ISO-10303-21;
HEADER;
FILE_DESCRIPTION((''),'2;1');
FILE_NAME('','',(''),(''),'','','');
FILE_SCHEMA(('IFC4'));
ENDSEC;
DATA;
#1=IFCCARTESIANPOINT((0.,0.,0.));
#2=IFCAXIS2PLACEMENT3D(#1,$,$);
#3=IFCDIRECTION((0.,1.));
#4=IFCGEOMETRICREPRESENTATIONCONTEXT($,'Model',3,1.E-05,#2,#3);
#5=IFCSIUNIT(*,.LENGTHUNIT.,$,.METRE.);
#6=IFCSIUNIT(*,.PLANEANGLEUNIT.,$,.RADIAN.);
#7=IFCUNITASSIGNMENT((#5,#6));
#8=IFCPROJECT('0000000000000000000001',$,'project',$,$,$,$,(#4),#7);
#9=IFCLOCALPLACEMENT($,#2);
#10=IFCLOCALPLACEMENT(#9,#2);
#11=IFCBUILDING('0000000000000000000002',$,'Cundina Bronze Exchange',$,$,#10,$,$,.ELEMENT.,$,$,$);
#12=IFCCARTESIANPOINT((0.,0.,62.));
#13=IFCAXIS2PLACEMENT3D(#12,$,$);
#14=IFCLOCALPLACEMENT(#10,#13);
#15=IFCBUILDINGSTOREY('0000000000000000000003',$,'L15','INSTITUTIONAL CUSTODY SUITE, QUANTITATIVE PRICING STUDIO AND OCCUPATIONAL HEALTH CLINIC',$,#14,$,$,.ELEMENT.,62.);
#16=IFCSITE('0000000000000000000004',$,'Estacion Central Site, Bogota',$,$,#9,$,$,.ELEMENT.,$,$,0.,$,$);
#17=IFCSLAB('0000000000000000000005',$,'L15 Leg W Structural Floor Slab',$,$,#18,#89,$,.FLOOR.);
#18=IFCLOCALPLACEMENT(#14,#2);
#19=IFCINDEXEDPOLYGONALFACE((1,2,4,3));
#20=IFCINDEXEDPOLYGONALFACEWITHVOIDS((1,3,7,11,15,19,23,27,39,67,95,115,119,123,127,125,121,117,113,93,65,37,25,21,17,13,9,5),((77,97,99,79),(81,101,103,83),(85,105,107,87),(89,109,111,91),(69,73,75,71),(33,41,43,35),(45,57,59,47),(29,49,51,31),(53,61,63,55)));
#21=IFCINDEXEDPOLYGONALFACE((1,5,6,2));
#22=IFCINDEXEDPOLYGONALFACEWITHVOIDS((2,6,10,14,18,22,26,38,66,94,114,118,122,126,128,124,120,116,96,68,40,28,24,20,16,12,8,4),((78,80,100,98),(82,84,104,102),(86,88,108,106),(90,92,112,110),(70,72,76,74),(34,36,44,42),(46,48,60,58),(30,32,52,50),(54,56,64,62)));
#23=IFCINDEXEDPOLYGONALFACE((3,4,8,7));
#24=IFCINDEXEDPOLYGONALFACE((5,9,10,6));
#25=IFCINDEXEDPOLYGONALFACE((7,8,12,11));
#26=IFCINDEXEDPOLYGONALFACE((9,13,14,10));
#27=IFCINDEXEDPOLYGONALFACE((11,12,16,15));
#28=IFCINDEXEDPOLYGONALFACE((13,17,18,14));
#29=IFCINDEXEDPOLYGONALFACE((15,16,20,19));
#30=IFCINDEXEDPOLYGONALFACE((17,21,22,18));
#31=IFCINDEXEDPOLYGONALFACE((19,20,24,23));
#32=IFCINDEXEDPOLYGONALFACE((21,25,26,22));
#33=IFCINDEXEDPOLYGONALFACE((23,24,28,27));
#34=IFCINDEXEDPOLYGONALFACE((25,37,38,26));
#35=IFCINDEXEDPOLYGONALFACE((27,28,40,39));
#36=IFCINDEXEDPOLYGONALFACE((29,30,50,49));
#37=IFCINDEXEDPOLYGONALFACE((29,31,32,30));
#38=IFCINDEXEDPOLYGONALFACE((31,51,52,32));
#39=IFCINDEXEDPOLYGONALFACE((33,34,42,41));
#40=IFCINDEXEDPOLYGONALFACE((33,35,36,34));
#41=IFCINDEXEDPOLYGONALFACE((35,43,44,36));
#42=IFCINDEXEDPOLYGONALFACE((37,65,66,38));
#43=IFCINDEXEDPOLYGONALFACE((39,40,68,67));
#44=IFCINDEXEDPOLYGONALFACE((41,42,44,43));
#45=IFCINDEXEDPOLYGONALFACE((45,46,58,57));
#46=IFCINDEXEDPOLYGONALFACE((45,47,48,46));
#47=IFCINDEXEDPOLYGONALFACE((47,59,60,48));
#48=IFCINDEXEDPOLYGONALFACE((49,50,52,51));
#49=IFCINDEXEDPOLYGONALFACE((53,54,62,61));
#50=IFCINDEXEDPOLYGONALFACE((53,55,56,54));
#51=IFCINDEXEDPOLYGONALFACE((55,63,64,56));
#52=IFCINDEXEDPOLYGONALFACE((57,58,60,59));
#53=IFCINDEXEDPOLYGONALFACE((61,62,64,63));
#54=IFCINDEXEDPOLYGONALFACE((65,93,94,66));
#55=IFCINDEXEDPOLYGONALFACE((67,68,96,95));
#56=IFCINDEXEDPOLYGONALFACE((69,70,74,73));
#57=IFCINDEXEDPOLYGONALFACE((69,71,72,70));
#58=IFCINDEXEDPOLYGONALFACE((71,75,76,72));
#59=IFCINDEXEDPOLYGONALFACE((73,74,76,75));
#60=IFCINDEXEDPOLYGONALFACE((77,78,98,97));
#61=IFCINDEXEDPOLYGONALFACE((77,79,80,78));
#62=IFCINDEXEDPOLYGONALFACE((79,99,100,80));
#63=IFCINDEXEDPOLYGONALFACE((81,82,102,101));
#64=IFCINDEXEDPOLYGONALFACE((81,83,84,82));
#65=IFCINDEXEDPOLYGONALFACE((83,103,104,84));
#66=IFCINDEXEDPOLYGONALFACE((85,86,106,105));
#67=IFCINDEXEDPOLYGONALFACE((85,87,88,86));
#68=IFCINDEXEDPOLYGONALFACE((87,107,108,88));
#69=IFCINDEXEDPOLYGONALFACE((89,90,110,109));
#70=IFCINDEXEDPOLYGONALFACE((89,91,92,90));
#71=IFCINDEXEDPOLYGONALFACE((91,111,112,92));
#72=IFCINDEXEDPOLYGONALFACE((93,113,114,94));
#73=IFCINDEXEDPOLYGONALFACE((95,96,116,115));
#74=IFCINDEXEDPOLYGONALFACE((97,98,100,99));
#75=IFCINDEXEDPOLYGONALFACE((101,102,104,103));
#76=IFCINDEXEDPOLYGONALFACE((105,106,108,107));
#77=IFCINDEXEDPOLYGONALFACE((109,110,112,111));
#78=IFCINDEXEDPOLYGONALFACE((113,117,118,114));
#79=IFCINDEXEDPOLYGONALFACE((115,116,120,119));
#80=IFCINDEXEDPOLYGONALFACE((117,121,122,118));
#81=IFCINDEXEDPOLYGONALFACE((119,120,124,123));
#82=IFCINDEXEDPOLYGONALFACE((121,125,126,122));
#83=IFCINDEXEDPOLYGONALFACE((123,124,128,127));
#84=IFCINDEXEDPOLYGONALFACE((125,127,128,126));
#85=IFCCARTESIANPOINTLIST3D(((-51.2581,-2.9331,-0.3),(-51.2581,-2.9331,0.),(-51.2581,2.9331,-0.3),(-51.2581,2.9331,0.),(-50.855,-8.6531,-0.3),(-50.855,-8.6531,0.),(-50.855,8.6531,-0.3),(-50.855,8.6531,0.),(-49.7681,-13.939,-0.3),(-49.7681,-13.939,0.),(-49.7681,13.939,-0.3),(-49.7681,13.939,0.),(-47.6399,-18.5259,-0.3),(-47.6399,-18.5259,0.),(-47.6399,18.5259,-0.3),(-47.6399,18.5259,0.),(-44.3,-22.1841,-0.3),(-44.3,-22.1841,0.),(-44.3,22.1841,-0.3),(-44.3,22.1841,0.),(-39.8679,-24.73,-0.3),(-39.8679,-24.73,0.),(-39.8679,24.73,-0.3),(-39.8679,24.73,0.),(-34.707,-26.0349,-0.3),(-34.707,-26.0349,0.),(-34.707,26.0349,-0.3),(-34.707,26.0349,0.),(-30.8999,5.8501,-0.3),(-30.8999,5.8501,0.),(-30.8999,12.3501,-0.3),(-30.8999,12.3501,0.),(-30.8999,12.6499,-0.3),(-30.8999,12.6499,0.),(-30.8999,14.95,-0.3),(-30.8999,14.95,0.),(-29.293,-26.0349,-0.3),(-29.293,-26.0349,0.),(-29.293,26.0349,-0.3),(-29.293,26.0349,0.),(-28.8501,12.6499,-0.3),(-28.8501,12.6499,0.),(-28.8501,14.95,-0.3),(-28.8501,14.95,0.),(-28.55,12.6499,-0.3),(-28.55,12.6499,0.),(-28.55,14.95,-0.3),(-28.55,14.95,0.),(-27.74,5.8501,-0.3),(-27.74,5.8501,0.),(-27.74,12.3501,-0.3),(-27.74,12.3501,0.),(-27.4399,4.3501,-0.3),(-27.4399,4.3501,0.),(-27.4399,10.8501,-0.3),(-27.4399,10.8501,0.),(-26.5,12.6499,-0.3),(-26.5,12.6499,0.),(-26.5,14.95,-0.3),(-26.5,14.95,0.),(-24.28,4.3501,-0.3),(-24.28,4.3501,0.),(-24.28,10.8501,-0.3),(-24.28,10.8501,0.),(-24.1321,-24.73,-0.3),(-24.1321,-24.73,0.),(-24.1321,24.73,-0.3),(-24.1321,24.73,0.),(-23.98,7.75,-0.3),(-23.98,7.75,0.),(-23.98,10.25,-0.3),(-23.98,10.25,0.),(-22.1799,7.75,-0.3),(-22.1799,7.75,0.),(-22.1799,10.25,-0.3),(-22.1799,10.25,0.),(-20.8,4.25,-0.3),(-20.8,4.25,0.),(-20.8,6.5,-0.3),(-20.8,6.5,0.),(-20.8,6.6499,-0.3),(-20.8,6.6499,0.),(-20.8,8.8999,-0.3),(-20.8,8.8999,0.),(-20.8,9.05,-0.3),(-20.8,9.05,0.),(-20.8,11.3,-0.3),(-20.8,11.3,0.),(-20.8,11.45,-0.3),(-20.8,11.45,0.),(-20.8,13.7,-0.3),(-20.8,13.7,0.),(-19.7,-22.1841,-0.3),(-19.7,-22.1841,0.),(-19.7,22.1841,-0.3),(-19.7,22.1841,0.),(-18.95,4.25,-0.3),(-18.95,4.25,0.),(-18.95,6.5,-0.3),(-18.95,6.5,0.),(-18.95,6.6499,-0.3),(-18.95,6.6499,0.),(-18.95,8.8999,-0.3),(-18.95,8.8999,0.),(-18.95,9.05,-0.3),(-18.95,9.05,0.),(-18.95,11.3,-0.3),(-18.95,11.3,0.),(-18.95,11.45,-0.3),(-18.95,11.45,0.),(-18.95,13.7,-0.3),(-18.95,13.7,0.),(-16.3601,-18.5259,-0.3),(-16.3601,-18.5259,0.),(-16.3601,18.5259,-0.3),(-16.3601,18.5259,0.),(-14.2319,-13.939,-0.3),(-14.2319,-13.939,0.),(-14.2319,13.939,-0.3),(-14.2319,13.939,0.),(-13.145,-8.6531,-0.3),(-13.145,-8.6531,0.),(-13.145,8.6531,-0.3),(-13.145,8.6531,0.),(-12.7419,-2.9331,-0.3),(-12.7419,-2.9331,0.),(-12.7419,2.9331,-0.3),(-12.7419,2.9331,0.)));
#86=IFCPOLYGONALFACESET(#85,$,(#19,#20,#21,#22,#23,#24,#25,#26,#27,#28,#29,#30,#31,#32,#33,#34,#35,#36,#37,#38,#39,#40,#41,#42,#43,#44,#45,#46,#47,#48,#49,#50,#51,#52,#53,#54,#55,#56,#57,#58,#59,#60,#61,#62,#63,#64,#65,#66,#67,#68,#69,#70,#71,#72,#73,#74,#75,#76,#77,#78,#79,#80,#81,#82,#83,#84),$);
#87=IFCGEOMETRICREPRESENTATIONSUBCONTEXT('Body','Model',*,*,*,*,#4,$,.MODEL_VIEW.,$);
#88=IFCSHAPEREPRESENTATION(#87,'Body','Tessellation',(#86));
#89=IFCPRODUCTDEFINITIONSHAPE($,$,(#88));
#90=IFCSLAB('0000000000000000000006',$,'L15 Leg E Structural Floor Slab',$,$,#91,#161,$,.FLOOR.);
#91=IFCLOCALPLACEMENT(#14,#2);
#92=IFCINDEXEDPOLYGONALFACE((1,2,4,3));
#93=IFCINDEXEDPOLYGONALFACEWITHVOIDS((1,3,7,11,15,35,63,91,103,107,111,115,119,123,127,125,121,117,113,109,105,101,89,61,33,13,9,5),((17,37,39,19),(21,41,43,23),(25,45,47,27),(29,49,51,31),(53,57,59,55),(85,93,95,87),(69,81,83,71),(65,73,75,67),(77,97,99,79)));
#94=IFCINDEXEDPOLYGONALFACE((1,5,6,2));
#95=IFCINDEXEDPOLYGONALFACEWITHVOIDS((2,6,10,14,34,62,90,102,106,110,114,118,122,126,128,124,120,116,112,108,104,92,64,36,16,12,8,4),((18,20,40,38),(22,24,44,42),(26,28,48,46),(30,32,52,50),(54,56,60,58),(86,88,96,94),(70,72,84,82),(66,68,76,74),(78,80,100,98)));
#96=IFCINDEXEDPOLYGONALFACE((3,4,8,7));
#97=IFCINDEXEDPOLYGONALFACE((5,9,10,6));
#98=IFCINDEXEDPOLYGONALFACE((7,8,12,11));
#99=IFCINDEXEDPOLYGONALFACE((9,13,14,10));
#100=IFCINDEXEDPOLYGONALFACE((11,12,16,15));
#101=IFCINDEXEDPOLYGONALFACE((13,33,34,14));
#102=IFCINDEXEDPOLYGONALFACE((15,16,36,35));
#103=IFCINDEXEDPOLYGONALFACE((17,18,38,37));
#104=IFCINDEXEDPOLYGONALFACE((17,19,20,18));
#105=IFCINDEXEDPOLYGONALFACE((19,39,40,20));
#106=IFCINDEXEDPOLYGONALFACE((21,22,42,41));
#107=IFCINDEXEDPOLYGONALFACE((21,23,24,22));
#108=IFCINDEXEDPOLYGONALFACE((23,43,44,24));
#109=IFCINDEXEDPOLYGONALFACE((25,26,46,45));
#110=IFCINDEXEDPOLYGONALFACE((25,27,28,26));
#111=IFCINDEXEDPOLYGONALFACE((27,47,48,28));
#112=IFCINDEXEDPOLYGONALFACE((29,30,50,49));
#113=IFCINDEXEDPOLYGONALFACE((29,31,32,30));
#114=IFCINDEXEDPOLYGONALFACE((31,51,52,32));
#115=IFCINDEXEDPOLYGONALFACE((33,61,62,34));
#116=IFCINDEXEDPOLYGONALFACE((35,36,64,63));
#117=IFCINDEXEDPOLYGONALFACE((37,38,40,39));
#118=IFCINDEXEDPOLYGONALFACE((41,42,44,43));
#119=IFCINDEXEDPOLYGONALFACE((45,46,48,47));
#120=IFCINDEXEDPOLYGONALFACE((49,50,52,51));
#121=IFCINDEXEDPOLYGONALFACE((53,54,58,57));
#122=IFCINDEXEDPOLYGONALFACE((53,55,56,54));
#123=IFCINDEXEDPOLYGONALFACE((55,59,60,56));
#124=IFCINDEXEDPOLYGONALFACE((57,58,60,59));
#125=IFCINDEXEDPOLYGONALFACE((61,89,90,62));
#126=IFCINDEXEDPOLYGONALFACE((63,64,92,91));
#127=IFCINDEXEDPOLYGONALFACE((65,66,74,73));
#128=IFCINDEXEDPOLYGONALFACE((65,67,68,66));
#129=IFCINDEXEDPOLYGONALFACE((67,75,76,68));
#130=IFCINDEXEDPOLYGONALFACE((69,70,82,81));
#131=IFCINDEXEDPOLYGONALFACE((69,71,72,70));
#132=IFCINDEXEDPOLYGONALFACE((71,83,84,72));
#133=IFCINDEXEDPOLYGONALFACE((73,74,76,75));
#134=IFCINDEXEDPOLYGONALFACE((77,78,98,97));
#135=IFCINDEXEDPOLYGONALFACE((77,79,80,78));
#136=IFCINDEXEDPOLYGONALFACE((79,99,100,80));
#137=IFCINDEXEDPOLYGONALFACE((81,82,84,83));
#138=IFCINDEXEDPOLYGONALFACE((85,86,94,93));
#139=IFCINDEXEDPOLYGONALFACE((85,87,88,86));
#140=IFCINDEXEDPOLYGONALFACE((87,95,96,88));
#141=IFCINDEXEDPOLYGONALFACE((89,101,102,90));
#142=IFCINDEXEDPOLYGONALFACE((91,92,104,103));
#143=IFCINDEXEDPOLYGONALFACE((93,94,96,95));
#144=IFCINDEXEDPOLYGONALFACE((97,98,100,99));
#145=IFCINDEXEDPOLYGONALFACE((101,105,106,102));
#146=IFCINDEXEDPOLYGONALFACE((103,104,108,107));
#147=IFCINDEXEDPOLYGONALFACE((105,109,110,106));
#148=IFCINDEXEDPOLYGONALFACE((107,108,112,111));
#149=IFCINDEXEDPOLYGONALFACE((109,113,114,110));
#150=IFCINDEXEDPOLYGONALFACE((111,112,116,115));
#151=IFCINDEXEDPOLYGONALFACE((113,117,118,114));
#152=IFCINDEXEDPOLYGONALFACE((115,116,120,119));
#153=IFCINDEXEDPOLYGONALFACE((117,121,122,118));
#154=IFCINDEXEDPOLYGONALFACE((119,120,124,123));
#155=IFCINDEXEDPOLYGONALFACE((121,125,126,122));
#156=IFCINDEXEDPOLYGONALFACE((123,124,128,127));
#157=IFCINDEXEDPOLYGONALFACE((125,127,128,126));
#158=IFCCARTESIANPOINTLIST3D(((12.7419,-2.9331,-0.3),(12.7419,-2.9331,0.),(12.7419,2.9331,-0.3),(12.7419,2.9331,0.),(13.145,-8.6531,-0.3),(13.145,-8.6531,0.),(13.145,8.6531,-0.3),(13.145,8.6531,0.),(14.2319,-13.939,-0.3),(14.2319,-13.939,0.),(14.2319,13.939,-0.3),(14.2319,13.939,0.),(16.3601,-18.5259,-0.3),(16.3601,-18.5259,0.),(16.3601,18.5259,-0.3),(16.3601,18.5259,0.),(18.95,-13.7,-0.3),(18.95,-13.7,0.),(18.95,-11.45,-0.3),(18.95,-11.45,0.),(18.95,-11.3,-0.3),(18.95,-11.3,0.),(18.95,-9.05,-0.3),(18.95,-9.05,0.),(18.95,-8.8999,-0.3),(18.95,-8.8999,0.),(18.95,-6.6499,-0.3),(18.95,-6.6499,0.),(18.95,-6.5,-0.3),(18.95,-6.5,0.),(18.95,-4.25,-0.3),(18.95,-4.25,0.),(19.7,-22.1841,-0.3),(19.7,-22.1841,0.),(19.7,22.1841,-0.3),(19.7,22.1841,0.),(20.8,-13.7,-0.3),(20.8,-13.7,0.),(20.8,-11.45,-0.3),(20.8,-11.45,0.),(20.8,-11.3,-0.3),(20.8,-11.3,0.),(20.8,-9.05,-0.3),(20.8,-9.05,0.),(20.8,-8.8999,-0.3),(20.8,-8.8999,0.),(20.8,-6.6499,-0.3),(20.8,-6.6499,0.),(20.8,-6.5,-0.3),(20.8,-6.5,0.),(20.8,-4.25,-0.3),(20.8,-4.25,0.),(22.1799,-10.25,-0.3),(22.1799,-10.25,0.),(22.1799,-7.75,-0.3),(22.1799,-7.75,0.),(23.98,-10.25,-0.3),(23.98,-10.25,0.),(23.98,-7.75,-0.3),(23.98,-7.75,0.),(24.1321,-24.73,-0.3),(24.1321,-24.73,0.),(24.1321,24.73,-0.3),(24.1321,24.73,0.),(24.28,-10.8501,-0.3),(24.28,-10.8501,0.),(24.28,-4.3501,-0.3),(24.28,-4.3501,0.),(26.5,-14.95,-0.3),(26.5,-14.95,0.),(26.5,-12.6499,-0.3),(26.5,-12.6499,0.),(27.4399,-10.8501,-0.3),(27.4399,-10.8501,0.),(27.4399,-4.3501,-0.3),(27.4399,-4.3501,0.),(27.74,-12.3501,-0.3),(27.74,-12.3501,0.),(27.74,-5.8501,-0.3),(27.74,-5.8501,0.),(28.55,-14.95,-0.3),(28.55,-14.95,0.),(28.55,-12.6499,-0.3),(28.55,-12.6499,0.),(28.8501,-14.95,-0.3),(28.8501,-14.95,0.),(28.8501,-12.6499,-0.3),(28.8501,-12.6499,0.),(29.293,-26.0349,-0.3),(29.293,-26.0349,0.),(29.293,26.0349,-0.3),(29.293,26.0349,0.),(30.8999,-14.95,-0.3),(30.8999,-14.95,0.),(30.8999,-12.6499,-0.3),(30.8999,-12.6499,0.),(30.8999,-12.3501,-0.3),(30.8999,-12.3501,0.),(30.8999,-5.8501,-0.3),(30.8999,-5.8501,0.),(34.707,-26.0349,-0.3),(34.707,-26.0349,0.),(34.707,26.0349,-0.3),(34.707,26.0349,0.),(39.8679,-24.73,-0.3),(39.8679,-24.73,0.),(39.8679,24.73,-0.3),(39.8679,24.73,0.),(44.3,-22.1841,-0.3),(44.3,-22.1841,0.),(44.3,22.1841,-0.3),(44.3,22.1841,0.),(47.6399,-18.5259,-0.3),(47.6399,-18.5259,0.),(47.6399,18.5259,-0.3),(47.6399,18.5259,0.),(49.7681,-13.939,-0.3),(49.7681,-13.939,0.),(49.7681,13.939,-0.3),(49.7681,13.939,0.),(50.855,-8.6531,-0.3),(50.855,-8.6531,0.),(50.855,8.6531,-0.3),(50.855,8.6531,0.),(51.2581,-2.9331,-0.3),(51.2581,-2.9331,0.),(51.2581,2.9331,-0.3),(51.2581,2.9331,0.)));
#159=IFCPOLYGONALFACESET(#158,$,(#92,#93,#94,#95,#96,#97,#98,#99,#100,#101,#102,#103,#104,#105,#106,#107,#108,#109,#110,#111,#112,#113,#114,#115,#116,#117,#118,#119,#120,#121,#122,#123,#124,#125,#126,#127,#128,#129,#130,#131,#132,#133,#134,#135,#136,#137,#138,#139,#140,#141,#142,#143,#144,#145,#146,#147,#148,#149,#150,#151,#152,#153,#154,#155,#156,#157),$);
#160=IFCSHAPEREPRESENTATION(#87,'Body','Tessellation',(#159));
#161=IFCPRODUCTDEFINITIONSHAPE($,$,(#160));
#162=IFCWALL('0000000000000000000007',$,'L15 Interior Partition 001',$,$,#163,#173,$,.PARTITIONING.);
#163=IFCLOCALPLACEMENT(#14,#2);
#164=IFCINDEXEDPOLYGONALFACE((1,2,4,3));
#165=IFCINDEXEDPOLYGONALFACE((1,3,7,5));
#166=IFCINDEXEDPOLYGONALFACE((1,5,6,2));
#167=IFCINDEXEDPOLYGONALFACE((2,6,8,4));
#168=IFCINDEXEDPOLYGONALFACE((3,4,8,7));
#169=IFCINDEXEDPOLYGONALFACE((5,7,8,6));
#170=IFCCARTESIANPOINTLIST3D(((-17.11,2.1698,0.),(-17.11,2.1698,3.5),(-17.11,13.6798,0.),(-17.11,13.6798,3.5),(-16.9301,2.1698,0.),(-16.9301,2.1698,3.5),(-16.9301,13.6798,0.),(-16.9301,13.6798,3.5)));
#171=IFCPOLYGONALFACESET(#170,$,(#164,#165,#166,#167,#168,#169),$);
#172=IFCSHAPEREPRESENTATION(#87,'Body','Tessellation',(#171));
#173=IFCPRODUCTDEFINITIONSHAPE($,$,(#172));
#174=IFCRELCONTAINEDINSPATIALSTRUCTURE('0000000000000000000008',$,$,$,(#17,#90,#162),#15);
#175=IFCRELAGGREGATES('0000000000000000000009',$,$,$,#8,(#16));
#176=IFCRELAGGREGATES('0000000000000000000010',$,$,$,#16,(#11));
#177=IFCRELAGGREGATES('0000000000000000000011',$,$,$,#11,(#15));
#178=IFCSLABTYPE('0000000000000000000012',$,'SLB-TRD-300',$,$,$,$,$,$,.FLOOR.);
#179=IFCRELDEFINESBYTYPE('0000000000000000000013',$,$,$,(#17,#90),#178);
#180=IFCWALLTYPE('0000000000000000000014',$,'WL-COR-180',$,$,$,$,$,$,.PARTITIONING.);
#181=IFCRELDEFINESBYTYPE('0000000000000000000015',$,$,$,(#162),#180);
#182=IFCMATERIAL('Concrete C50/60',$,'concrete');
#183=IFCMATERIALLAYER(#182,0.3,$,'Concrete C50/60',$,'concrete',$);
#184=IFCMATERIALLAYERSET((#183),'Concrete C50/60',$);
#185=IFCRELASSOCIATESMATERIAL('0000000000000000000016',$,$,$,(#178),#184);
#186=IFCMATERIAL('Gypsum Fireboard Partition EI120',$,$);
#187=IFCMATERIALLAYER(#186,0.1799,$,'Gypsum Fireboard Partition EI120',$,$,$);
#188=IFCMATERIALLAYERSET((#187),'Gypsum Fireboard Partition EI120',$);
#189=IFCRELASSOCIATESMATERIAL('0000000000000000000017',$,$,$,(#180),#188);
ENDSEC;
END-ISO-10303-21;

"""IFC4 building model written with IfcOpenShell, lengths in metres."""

from ifc_helpers import new_model, si_unit, direction, frame, frame_2d, origin, place, context, subcontext, project, spatial, polyline, rectangle, outline, extrude, material, layer, layer_set, type_object, element, save


model = new_model("IFC4")

# Units and contexts
model_context = context("Model", 3, precision=1e-05, world=origin(), true_north=direction((0.0, 1.0)))
body_context = subcontext(model_context, "Body", "Model", "MODEL_VIEW")
ifc_project = project(units=[si_unit("LENGTHUNIT", "METRE"), si_unit("PLANEANGLEUNIT", "RADIAN")], contexts=[model_context])

# Site, building, storey
site_placement = place(None, origin())
site = spatial("IfcSite", under=ifc_project, at=site_placement, Name="Estacion Central Site, Bogota", CompositionType="ELEMENT", RefElevation=0.0)
building_placement = place(site_placement, origin())
building = spatial("IfcBuilding", under=site, at=building_placement, Name="Cundina Bronze Exchange", CompositionType="ELEMENT")
storey_placement = place(building_placement, frame((0.0, 0.0, 62.0)))
storey = spatial("IfcBuildingStorey", under=building, at=storey_placement, Name="L15", Description="INSTITUTIONAL CUSTODY SUITE, QUANTITATIVE PRICING STUDIO AND OCCUPATIONAL HEALTH CLINIC", CompositionType="ELEMENT", Elevation=62.0)

# Slabs
ifc_material_1 = material(Name="Concrete C50/60", Category="concrete")
ifc_layer_1 = layer(ifc_material_1, 0.3, Name="Concrete C50/60", Category="concrete")
ifc_layer_set_1 = layer_set([ifc_layer_1], Name="Concrete C50/60")
slab_type_1 = type_object("IfcSlabType", Name="SLB-TRD-300", PredefinedType="FLOOR", material=ifc_layer_set_1)
slab_1_placement = place(storey_placement, frame((0.0, 0.0, -0.3)))
element("IfcSlab", 1, at=slab_1_placement, inside=storey, type_object=slab_type_1, Name="L15 Leg W Structural Floor Slab", PredefinedType="FLOOR", context=body_context, shape_type="SweptSolid", body=[
    extrude(outline(polyline([(-12.7419, 2.9331), (-13.145, 8.6531), (-14.2319, 13.939), (-16.3601, 18.5259), (-19.7, 22.1841), (-24.1321, 24.73), (-29.293, 26.0349), (-34.707, 26.0349), (-39.8679, 24.73), (-44.3, 22.1841), (-47.6399, 18.5259), (-49.7681, 13.939), (-50.855, 8.6531), (-51.2581, 2.9331), (-51.2581, -2.9331), (-50.855, -8.6531), (-49.7681, -13.939), (-47.6399, -18.5259), (-44.3, -22.1841), (-39.8679, -24.73), (-34.707, -26.0349), (-29.293, -26.0349), (-24.1321, -24.73), (-19.7, -22.1841), (-16.3601, -18.5259), (-14.2319, -13.939), (-13.145, -8.6531), (-12.7419, -2.9331), (-12.7419, 2.9331)]), holes=[polyline([(-27.74, 5.8501), (-27.74, 12.3501), (-30.8999, 12.3501), (-30.8999, 5.8501), (-27.74, 5.8501)]), polyline([(-27.4399, 10.8501), (-27.4399, 4.3501), (-24.28, 4.3501), (-24.28, 10.8501), (-27.4399, 10.8501)]), polyline([(-23.98, 10.25), (-22.1799, 10.25), (-22.1799, 7.75), (-23.98, 7.75), (-23.98, 10.25)]), polyline([(-30.8999, 14.95), (-28.8501, 14.95), (-28.8501, 12.6499), (-30.8999, 12.6499), (-30.8999, 14.95)]), polyline([(-28.55, 14.95), (-26.5, 14.95), (-26.5, 12.6499), (-28.55, 12.6499), (-28.55, 14.95)]), polyline([(-20.8, 13.7), (-18.95, 13.7), (-18.95, 11.45), (-20.8, 11.45), (-20.8, 13.7)]), polyline([(-20.8, 11.3), (-18.95, 11.3), (-18.95, 9.05), (-20.8, 9.05), (-20.8, 11.3)]), polyline([(-20.8, 8.8999), (-18.95, 8.8999), (-18.95, 6.6499), (-20.8, 6.6499), (-20.8, 8.8999)]), polyline([(-20.8, 6.5), (-18.95, 6.5), (-18.95, 4.25), (-20.8, 4.25), (-20.8, 6.5)])]), origin(), (0.0, 0.0, 1.0), 0.3),
])
slab_2_placement = place(storey_placement, frame((0.0, 0.0, -0.3)))
element("IfcSlab", 2, at=slab_2_placement, inside=storey, type_object=slab_type_1, Name="L15 Leg E Structural Floor Slab", PredefinedType="FLOOR", context=body_context, shape_type="SweptSolid", body=[
    extrude(outline(polyline([(51.2581, 2.9331), (50.855, 8.6531), (49.7681, 13.939), (47.6399, 18.5259), (44.3, 22.1841), (39.8679, 24.73), (34.707, 26.0349), (29.293, 26.0349), (24.1321, 24.73), (19.7, 22.1841), (16.3601, 18.5259), (14.2319, 13.939), (13.145, 8.6531), (12.7419, 2.9331), (12.7419, -2.9331), (13.145, -8.6531), (14.2319, -13.939), (16.3601, -18.5259), (19.7, -22.1841), (24.1321, -24.73), (29.293, -26.0349), (34.707, -26.0349), (39.8679, -24.73), (44.3, -22.1841), (47.6399, -18.5259), (49.7681, -13.939), (50.855, -8.6531), (51.2581, -2.9331), (51.2581, 2.9331)]), holes=[polyline([(27.74, -5.8501), (27.74, -12.3501), (30.8999, -12.3501), (30.8999, -5.8501), (27.74, -5.8501)]), polyline([(27.4399, -10.8501), (27.4399, -4.3501), (24.28, -4.3501), (24.28, -10.8501), (27.4399, -10.8501)]), polyline([(22.1799, -7.75), (23.98, -7.75), (23.98, -10.25), (22.1799, -10.25), (22.1799, -7.75)]), polyline([(28.8501, -12.6499), (30.8999, -12.6499), (30.8999, -14.95), (28.8501, -14.95), (28.8501, -12.6499)]), polyline([(26.5, -12.6499), (28.55, -12.6499), (28.55, -14.95), (26.5, -14.95), (26.5, -12.6499)]), polyline([(18.95, -11.45), (20.8, -11.45), (20.8, -13.7), (18.95, -13.7), (18.95, -11.45)]), polyline([(18.95, -9.05), (20.8, -9.05), (20.8, -11.3), (18.95, -11.3), (18.95, -9.05)]), polyline([(18.95, -6.6499), (20.8, -6.6499), (20.8, -8.8999), (18.95, -8.8999), (18.95, -6.6499)]), polyline([(18.95, -4.25), (20.8, -4.25), (20.8, -6.5), (18.95, -6.5), (18.95, -4.25)])]), origin(), (0.0, 0.0, 1.0), 0.3),
])

# Wall
ifc_material_2 = material(Name="Gypsum Fireboard Partition EI120")
ifc_layer_2 = layer(ifc_material_2, 0.1799, Name="Gypsum Fireboard Partition EI120")
ifc_layer_set_2 = layer_set([ifc_layer_2], Name="Gypsum Fireboard Partition EI120")
wall_type_1 = type_object("IfcWallType", Name="WL-COR-180", PredefinedType="PARTITIONING", material=ifc_layer_set_2)
wall_1_placement = place(storey_placement, frame((-17.02, 2.1699, 0.0), z_axis=(0.0, 0.0, 1.0), x_axis=(0.0, 1.0, 0.0)))
element("IfcWall", 3, at=wall_1_placement, inside=storey, type_object=wall_type_1, Name="L15 Interior Partition 001", PredefinedType="PARTITIONING", context=body_context, shape_type="SweptSolid", body=[
    extrude(rectangle(XDim=11.51, YDim=0.1799, at=frame_2d((5.7549, 0.0))), origin(), (0.0, 0.0, 1.0), 3.5),
])

save(model, "model.ifc")
